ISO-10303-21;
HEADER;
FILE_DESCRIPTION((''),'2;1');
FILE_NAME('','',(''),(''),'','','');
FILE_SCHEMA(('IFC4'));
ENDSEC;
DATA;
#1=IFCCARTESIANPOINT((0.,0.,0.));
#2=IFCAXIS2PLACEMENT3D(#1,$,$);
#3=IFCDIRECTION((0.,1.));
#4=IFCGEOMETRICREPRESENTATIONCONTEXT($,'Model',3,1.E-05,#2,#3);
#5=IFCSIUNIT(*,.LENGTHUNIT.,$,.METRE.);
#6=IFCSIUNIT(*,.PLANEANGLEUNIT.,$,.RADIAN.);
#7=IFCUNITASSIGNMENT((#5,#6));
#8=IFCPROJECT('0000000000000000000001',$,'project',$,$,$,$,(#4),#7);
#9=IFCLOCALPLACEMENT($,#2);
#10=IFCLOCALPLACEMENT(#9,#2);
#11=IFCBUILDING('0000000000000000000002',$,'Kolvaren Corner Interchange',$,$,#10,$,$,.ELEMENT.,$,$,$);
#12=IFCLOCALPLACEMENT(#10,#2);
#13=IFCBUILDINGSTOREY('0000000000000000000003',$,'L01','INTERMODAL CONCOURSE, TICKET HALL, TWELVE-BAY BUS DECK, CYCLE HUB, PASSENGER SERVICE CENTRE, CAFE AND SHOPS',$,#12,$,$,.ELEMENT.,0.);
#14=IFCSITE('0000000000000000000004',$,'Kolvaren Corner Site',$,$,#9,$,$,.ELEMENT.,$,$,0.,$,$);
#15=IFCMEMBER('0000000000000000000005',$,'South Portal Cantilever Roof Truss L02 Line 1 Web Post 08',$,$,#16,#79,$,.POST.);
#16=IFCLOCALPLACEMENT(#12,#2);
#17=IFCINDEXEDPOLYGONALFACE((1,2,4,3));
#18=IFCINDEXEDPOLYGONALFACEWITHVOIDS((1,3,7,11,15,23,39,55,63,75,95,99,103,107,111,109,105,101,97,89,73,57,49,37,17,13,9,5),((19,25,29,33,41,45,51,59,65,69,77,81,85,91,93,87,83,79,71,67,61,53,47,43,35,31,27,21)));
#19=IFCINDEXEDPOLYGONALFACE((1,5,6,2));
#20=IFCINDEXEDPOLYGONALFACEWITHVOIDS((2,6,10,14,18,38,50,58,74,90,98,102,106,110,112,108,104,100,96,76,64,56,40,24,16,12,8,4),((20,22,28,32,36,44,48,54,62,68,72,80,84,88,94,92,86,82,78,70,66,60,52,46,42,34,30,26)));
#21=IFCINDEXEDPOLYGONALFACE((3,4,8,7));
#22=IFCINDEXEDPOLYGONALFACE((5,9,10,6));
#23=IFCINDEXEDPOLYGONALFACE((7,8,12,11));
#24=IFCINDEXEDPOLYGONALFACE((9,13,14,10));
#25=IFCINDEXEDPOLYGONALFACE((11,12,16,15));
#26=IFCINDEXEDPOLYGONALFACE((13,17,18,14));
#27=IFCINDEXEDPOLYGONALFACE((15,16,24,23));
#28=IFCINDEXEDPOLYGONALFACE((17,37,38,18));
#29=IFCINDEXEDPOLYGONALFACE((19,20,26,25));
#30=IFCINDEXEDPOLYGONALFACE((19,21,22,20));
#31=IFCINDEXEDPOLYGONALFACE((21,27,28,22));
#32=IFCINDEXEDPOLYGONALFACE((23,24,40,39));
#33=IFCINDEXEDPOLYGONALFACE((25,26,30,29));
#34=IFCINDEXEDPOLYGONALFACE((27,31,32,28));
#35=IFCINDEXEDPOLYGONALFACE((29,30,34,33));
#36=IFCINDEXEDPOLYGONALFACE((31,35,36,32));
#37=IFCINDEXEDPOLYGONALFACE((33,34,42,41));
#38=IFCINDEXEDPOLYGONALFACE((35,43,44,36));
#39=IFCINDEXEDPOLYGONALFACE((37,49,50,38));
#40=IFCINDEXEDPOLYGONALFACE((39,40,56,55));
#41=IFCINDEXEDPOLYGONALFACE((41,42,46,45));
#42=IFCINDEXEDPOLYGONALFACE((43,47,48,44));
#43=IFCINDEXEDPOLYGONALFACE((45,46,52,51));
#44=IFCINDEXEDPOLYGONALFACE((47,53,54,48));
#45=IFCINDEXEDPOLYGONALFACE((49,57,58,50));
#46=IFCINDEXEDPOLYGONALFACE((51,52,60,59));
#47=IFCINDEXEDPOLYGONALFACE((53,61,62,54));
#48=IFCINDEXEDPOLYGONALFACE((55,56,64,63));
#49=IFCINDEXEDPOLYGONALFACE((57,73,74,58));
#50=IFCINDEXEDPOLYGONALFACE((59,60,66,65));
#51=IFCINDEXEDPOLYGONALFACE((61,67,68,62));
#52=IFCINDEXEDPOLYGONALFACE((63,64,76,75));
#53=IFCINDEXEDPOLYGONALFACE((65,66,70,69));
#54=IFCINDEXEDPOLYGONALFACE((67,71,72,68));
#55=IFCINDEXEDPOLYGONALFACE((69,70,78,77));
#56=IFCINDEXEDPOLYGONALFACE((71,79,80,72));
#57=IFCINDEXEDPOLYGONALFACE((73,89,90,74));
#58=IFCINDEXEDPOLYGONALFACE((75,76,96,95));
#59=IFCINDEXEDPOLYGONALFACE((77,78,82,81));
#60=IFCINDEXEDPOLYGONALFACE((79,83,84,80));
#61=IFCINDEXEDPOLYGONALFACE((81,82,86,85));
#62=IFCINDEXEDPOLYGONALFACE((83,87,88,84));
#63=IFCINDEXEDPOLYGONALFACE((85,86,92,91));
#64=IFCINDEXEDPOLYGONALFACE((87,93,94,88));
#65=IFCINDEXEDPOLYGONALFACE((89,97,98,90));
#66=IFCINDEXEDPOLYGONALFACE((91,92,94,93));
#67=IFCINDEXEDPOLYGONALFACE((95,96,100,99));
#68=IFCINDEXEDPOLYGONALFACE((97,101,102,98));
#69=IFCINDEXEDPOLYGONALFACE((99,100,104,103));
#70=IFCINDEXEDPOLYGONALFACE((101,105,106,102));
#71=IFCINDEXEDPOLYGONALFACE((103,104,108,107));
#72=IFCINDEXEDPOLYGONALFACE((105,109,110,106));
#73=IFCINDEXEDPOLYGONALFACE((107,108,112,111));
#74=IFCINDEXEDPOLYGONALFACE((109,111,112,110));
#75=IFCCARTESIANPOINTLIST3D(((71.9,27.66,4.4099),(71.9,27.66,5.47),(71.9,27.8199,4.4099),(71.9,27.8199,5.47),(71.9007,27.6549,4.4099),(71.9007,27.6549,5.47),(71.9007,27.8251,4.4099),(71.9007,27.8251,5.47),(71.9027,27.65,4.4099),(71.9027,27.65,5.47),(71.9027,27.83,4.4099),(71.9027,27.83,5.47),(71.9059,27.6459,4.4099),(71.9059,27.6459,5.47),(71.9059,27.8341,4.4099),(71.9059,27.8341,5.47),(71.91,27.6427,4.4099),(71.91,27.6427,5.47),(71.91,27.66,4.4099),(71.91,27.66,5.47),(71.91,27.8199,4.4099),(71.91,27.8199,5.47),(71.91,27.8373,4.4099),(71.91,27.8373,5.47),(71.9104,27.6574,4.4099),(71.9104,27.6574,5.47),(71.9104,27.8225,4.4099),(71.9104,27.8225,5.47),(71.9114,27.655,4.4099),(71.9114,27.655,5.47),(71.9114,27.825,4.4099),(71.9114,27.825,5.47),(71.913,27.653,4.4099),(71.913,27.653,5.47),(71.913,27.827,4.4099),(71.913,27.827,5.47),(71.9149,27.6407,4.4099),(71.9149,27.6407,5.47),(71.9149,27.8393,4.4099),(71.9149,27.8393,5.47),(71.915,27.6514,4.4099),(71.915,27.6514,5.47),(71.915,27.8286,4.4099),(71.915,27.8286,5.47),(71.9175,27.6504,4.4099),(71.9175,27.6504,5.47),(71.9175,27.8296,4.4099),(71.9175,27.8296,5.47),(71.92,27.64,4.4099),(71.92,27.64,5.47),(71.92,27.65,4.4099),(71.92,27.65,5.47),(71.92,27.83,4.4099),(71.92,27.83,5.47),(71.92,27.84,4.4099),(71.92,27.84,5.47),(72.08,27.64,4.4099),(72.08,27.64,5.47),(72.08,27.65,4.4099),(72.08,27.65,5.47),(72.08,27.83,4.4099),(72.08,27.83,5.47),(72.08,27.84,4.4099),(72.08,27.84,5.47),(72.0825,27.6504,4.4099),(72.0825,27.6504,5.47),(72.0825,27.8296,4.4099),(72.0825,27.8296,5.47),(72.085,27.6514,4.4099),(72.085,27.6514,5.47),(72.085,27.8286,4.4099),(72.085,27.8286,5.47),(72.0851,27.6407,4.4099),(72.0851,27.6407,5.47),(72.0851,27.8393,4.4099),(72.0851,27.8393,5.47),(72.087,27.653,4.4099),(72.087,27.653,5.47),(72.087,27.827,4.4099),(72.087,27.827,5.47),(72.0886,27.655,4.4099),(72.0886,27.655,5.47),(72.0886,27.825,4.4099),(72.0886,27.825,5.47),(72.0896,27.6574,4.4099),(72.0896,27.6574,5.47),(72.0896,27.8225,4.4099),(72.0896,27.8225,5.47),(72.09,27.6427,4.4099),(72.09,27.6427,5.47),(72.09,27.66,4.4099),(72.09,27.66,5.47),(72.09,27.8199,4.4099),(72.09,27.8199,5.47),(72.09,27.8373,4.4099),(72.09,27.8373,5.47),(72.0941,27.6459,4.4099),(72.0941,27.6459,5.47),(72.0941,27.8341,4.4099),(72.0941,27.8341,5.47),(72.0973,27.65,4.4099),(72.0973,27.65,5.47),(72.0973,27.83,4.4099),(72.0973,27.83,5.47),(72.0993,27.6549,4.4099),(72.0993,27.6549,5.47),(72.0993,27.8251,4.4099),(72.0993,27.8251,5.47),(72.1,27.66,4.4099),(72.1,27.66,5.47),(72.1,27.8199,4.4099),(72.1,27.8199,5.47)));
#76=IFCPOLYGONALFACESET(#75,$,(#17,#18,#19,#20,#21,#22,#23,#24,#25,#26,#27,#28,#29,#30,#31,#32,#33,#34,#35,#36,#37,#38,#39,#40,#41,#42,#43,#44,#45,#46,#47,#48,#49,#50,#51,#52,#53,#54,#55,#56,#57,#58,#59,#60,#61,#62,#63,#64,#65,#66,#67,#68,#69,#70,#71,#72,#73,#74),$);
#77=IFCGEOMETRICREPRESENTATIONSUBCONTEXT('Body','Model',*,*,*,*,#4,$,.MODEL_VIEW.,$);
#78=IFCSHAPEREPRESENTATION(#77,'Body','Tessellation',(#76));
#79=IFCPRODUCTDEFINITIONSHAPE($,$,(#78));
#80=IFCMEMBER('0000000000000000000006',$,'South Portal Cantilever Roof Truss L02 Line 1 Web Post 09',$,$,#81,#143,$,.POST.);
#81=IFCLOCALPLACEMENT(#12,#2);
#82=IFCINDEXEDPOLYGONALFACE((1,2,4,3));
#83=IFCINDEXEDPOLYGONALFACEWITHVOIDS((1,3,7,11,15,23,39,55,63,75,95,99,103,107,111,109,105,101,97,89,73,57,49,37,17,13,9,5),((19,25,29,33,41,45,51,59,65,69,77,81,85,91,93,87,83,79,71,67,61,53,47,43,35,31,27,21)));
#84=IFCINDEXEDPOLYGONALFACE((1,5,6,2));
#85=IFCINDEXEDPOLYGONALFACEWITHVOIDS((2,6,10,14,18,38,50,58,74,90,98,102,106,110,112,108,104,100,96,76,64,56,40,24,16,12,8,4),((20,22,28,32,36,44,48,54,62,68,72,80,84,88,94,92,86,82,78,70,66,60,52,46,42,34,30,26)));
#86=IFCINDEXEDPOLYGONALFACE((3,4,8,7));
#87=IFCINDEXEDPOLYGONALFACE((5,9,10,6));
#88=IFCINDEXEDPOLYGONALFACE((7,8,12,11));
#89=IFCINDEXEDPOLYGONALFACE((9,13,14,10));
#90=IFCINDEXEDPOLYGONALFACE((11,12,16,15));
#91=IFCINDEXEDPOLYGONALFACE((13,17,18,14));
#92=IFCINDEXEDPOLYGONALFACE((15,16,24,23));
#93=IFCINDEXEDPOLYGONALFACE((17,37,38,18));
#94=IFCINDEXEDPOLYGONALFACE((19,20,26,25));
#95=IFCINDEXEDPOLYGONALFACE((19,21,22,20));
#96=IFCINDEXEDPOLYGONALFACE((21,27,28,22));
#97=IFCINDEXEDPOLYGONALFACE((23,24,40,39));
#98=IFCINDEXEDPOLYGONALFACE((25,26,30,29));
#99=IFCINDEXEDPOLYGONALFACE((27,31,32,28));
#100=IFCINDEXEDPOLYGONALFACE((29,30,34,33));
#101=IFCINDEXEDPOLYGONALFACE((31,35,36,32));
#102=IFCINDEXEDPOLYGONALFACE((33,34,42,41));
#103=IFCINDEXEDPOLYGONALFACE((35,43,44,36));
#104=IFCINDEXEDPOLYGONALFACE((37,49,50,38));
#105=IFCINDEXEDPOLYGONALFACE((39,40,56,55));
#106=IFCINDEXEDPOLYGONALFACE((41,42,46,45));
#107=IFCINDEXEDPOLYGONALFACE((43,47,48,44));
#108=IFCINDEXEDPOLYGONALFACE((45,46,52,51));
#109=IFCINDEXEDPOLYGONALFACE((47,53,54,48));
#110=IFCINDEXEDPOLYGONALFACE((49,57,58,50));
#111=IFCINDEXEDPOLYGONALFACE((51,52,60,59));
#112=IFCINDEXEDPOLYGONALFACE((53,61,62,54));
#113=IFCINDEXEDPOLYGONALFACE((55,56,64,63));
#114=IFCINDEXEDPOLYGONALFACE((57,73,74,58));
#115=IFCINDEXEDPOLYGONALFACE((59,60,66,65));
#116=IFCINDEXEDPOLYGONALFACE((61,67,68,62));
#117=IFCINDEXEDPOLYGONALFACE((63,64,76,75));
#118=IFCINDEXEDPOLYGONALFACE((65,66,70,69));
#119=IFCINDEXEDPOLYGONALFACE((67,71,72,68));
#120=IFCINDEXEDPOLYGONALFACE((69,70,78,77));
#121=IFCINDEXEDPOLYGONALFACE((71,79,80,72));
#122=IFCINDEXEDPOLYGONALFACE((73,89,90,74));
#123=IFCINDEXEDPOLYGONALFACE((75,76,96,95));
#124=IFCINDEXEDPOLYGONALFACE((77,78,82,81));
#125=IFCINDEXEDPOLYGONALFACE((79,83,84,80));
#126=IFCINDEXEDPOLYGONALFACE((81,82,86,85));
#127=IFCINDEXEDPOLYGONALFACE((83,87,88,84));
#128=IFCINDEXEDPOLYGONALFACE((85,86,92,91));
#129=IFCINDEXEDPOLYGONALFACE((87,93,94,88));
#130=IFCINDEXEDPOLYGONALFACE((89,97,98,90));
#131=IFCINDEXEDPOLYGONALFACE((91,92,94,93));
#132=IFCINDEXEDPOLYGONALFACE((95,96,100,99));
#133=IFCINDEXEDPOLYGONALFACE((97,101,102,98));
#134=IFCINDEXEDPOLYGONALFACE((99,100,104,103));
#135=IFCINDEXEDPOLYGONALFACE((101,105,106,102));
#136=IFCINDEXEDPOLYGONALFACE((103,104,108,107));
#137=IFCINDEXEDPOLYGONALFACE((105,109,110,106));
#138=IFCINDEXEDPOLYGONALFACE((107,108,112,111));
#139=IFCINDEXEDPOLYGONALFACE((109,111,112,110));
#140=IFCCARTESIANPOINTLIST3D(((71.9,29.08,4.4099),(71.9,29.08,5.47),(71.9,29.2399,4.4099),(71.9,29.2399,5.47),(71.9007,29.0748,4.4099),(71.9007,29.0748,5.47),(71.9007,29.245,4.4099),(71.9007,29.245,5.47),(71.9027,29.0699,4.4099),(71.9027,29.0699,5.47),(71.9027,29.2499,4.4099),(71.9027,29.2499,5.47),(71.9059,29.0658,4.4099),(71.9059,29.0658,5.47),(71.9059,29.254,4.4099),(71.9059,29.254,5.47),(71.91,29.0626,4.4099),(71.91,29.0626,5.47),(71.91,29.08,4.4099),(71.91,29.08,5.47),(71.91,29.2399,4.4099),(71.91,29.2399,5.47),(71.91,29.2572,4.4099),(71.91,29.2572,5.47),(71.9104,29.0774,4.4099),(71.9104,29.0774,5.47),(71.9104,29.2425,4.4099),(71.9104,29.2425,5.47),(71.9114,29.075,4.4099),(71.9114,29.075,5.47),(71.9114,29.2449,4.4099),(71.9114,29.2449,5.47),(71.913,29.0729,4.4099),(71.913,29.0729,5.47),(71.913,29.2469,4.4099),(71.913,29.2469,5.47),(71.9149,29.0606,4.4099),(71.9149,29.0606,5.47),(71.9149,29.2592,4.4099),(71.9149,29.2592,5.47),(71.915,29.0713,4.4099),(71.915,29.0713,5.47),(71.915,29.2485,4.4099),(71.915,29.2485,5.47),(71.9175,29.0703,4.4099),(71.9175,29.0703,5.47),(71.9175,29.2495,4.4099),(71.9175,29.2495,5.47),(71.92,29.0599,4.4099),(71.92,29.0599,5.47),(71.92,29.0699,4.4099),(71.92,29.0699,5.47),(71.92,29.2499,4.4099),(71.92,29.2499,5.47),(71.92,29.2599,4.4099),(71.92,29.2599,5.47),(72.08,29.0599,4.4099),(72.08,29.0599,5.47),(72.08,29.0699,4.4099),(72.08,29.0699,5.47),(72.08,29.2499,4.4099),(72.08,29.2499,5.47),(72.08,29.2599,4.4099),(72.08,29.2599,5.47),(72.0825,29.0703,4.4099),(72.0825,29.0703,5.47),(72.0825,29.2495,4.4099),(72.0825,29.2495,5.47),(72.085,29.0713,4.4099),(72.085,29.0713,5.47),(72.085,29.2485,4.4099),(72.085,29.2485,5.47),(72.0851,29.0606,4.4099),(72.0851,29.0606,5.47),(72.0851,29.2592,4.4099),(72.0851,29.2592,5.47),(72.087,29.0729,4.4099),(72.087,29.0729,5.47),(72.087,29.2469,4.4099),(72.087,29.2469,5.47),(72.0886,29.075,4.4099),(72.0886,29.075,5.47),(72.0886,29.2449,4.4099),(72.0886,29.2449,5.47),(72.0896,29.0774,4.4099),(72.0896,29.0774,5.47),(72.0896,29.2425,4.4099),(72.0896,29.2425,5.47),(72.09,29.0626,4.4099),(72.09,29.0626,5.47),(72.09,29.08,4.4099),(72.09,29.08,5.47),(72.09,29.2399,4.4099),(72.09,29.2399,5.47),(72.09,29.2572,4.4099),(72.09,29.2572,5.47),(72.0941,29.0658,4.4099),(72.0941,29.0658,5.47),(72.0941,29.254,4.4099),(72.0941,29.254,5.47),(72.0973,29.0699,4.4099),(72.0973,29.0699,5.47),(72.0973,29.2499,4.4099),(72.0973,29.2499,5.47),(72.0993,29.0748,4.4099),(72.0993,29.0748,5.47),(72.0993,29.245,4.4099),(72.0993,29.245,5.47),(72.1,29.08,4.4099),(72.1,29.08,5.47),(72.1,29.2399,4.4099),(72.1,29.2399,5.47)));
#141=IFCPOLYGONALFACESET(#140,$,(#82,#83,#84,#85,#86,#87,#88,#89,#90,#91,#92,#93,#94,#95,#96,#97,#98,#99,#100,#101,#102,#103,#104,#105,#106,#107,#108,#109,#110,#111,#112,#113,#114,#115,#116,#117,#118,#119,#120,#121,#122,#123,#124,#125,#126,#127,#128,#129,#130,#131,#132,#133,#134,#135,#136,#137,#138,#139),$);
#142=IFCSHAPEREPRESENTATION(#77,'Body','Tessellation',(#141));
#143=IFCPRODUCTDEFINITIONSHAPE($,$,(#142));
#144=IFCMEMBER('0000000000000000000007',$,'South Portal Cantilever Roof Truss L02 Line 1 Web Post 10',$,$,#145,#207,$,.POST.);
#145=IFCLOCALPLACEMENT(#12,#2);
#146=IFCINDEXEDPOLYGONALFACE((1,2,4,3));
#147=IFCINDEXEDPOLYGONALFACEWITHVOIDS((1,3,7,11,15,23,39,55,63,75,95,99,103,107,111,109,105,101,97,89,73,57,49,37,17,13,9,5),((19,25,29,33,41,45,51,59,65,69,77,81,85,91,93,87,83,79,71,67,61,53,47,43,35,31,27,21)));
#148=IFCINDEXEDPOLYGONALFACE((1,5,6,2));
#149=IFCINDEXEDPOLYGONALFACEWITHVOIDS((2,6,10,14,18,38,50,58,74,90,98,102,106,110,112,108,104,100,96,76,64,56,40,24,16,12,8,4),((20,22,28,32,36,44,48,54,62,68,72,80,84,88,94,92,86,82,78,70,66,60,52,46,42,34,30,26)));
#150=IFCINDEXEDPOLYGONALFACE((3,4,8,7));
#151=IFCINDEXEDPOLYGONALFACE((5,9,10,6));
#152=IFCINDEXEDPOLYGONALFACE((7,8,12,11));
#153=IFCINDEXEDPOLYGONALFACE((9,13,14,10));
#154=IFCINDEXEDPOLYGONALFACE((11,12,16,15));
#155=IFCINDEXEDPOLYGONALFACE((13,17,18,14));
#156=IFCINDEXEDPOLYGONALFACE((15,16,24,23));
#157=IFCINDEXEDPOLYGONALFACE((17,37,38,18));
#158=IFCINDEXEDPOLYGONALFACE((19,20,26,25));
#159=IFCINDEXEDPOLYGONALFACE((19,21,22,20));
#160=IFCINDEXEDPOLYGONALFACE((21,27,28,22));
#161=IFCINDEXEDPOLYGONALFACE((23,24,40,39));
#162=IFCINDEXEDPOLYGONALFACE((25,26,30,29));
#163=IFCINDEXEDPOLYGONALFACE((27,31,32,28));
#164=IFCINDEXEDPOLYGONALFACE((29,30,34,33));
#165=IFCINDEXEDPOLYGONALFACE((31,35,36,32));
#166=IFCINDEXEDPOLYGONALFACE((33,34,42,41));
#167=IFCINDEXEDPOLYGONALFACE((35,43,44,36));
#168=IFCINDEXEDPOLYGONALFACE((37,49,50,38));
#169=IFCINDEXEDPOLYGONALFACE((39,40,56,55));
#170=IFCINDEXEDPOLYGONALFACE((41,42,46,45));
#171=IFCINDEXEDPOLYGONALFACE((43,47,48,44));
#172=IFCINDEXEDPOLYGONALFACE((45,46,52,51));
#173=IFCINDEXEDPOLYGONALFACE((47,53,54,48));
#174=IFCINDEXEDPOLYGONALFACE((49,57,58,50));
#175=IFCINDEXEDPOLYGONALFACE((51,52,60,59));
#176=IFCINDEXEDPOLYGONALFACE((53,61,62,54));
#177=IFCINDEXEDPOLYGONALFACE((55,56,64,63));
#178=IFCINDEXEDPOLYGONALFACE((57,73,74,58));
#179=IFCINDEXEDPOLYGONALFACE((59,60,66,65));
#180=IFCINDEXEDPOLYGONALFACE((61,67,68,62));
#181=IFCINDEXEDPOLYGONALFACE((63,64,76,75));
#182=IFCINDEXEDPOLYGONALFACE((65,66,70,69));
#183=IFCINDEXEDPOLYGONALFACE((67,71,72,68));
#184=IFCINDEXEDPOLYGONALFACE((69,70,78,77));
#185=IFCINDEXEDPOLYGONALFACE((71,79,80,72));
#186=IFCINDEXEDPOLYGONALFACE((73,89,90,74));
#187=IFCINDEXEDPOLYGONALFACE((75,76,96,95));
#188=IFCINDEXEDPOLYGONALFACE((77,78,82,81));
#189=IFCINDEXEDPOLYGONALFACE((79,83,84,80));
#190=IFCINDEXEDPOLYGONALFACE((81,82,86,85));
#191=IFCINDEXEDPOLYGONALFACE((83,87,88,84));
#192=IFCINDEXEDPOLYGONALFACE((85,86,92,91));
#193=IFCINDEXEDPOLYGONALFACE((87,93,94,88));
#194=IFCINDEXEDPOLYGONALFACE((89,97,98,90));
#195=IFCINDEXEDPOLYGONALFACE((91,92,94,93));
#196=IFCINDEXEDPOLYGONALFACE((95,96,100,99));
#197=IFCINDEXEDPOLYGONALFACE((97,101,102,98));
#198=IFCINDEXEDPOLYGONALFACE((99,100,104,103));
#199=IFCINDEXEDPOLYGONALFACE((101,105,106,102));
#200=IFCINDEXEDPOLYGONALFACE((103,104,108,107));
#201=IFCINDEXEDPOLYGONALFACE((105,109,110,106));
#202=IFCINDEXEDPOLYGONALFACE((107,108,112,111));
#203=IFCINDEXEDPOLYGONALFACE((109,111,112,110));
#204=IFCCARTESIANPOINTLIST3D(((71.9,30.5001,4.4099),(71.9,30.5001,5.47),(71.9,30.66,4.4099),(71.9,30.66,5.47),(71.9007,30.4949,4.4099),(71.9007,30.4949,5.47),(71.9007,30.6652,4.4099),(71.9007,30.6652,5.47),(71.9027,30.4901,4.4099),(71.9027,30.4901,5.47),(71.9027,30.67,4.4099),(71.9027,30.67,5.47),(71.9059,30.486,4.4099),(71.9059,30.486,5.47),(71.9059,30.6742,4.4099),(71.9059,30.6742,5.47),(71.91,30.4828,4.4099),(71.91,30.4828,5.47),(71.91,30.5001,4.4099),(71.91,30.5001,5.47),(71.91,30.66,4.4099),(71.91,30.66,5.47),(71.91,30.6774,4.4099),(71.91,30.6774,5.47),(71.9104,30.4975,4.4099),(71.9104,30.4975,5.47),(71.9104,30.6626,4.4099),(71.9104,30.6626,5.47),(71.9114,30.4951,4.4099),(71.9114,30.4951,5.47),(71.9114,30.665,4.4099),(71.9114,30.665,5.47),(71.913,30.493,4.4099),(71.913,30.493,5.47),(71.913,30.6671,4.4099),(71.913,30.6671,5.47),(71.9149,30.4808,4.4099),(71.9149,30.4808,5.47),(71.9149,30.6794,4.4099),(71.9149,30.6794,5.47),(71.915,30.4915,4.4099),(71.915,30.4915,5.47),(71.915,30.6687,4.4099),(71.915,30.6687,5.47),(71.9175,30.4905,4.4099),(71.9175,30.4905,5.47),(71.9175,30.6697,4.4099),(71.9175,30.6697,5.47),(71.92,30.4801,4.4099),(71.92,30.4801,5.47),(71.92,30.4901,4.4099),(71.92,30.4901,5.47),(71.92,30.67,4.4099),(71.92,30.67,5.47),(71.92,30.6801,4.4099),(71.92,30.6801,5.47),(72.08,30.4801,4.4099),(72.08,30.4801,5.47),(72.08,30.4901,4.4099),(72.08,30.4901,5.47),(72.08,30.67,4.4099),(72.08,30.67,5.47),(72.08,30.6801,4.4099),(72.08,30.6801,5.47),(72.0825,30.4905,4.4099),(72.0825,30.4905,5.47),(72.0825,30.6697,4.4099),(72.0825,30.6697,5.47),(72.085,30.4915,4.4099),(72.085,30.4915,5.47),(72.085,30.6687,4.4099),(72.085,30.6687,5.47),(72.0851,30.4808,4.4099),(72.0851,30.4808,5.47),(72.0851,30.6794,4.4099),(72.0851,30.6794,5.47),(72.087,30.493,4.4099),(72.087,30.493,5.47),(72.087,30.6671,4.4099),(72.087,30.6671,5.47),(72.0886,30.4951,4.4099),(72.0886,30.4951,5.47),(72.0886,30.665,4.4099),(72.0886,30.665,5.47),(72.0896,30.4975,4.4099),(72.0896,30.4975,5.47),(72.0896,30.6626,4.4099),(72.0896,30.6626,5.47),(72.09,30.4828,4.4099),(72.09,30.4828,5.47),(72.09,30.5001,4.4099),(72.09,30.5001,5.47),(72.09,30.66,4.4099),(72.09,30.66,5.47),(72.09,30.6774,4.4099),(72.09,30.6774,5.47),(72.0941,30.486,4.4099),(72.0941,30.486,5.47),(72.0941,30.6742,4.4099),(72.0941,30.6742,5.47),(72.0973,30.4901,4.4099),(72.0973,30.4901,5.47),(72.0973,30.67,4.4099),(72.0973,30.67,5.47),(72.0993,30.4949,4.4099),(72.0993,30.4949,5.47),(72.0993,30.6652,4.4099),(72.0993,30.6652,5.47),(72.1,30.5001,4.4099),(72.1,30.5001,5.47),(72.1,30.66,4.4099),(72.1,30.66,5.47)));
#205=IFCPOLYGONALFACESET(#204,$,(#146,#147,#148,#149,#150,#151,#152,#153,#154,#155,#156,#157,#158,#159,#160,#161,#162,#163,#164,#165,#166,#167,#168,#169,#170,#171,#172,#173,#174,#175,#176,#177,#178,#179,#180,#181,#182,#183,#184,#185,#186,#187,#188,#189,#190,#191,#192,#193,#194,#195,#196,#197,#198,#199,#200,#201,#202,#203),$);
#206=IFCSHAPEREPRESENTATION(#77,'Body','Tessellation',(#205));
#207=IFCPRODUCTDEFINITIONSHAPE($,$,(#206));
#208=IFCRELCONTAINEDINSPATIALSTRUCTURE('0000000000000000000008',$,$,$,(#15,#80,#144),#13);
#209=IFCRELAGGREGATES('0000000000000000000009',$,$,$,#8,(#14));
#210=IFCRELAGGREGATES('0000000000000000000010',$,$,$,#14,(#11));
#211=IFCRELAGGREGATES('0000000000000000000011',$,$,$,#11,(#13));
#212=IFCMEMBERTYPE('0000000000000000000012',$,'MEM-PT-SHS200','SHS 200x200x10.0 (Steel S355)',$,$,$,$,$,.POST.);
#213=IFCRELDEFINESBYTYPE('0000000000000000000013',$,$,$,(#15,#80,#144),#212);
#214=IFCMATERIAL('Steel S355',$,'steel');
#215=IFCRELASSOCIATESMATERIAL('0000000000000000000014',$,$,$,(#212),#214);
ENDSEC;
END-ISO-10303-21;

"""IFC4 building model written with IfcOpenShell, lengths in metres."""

from ifc_helpers import new_model, si_unit, direction, frame, origin, origin_2d, place, context, subcontext, project, spatial, hollow_rectangle, extrude, material, material_profile, profile_set, type_object, element, save


model = new_model("IFC4")

# Units and contexts
model_context = context("Model", 3, precision=1e-05, world=origin(), true_north=direction((0.0, 1.0)))
body_context = subcontext(model_context, "Body", "Model", "MODEL_VIEW")
ifc_project = project(units=[si_unit("LENGTHUNIT", "METRE"), si_unit("PLANEANGLEUNIT", "RADIAN")], contexts=[model_context])

# Site, building, storey
site_placement = place(None, origin())
site = spatial("IfcSite", under=ifc_project, at=site_placement, Name="Kolvaren Corner Site", CompositionType="ELEMENT", RefElevation=0.0)
building_placement = place(site_placement, origin())
building = spatial("IfcBuilding", under=site, at=building_placement, Name="Kolvaren Corner Interchange", CompositionType="ELEMENT")
storey_placement = place(building_placement, origin())
storey = spatial("IfcBuildingStorey", under=building, at=storey_placement, Name="L01", Description="INTERMODAL CONCOURSE, TICKET HALL, TWELVE-BAY BUS DECK, CYCLE HUB, PASSENGER SERVICE CENTRE, CAFE AND SHOPS", CompositionType="ELEMENT", Elevation=0.0)

# Members
ifc_material_1 = material(Name="Steel S355", Category="steel")
ifc_material_profile_1 = material_profile(ifc_material_1, hollow_rectangle(XDim=0.2, YDim=0.2, WallThickness=0.01, InnerFilletRadius=0.01, OuterFilletRadius=0.02, at=origin_2d()), Name="SHS 200x200x10.0")
ifc_profile_set_1 = profile_set([ifc_material_profile_1], Name="Steel S355")
member_type_1 = type_object("IfcMemberType", Name="MEM-PT-SHS200", Description="SHS 200x200x10.0 (Steel S355)", PredefinedType="POST", material=ifc_profile_set_1)
for number, where, z_axis, x_axis, name in (
    (1, (72.0, 27.74, 4.4099), (0.0, 0.0, 1.0), (1.0, 0.0, 0.0), "South Portal Cantilever Roof Truss L02 Line 1 Web Post 08"),
    (2, (72.0, 29.1599, 4.4099), (0.0, 0.0, 1.0), (1.0, 0.0, 0.0), "South Portal Cantilever Roof Truss L02 Line 1 Web Post 09"),
    (3, (72.0, 30.5801, 4.4099), (0.0, 0.0, 1.0), (1.0, 0.0, 0.0), "South Portal Cantilever Roof Truss L02 Line 1 Web Post 10"),
):
    element("IfcMember", number, at=place(storey_placement, frame(where, z_axis=z_axis, x_axis=x_axis)), inside=storey, type_object=member_type_1, Name=name, PredefinedType="POST", context=body_context, shape_type="SweptSolid", body=[
        extrude(hollow_rectangle(XDim=0.2, YDim=0.2, WallThickness=0.01, InnerFilletRadius=0.01, OuterFilletRadius=0.02, at=origin_2d()), origin(), (0.0, 0.0, 1.0), 1.0601),
    ])

save(model, "model.ifc")
